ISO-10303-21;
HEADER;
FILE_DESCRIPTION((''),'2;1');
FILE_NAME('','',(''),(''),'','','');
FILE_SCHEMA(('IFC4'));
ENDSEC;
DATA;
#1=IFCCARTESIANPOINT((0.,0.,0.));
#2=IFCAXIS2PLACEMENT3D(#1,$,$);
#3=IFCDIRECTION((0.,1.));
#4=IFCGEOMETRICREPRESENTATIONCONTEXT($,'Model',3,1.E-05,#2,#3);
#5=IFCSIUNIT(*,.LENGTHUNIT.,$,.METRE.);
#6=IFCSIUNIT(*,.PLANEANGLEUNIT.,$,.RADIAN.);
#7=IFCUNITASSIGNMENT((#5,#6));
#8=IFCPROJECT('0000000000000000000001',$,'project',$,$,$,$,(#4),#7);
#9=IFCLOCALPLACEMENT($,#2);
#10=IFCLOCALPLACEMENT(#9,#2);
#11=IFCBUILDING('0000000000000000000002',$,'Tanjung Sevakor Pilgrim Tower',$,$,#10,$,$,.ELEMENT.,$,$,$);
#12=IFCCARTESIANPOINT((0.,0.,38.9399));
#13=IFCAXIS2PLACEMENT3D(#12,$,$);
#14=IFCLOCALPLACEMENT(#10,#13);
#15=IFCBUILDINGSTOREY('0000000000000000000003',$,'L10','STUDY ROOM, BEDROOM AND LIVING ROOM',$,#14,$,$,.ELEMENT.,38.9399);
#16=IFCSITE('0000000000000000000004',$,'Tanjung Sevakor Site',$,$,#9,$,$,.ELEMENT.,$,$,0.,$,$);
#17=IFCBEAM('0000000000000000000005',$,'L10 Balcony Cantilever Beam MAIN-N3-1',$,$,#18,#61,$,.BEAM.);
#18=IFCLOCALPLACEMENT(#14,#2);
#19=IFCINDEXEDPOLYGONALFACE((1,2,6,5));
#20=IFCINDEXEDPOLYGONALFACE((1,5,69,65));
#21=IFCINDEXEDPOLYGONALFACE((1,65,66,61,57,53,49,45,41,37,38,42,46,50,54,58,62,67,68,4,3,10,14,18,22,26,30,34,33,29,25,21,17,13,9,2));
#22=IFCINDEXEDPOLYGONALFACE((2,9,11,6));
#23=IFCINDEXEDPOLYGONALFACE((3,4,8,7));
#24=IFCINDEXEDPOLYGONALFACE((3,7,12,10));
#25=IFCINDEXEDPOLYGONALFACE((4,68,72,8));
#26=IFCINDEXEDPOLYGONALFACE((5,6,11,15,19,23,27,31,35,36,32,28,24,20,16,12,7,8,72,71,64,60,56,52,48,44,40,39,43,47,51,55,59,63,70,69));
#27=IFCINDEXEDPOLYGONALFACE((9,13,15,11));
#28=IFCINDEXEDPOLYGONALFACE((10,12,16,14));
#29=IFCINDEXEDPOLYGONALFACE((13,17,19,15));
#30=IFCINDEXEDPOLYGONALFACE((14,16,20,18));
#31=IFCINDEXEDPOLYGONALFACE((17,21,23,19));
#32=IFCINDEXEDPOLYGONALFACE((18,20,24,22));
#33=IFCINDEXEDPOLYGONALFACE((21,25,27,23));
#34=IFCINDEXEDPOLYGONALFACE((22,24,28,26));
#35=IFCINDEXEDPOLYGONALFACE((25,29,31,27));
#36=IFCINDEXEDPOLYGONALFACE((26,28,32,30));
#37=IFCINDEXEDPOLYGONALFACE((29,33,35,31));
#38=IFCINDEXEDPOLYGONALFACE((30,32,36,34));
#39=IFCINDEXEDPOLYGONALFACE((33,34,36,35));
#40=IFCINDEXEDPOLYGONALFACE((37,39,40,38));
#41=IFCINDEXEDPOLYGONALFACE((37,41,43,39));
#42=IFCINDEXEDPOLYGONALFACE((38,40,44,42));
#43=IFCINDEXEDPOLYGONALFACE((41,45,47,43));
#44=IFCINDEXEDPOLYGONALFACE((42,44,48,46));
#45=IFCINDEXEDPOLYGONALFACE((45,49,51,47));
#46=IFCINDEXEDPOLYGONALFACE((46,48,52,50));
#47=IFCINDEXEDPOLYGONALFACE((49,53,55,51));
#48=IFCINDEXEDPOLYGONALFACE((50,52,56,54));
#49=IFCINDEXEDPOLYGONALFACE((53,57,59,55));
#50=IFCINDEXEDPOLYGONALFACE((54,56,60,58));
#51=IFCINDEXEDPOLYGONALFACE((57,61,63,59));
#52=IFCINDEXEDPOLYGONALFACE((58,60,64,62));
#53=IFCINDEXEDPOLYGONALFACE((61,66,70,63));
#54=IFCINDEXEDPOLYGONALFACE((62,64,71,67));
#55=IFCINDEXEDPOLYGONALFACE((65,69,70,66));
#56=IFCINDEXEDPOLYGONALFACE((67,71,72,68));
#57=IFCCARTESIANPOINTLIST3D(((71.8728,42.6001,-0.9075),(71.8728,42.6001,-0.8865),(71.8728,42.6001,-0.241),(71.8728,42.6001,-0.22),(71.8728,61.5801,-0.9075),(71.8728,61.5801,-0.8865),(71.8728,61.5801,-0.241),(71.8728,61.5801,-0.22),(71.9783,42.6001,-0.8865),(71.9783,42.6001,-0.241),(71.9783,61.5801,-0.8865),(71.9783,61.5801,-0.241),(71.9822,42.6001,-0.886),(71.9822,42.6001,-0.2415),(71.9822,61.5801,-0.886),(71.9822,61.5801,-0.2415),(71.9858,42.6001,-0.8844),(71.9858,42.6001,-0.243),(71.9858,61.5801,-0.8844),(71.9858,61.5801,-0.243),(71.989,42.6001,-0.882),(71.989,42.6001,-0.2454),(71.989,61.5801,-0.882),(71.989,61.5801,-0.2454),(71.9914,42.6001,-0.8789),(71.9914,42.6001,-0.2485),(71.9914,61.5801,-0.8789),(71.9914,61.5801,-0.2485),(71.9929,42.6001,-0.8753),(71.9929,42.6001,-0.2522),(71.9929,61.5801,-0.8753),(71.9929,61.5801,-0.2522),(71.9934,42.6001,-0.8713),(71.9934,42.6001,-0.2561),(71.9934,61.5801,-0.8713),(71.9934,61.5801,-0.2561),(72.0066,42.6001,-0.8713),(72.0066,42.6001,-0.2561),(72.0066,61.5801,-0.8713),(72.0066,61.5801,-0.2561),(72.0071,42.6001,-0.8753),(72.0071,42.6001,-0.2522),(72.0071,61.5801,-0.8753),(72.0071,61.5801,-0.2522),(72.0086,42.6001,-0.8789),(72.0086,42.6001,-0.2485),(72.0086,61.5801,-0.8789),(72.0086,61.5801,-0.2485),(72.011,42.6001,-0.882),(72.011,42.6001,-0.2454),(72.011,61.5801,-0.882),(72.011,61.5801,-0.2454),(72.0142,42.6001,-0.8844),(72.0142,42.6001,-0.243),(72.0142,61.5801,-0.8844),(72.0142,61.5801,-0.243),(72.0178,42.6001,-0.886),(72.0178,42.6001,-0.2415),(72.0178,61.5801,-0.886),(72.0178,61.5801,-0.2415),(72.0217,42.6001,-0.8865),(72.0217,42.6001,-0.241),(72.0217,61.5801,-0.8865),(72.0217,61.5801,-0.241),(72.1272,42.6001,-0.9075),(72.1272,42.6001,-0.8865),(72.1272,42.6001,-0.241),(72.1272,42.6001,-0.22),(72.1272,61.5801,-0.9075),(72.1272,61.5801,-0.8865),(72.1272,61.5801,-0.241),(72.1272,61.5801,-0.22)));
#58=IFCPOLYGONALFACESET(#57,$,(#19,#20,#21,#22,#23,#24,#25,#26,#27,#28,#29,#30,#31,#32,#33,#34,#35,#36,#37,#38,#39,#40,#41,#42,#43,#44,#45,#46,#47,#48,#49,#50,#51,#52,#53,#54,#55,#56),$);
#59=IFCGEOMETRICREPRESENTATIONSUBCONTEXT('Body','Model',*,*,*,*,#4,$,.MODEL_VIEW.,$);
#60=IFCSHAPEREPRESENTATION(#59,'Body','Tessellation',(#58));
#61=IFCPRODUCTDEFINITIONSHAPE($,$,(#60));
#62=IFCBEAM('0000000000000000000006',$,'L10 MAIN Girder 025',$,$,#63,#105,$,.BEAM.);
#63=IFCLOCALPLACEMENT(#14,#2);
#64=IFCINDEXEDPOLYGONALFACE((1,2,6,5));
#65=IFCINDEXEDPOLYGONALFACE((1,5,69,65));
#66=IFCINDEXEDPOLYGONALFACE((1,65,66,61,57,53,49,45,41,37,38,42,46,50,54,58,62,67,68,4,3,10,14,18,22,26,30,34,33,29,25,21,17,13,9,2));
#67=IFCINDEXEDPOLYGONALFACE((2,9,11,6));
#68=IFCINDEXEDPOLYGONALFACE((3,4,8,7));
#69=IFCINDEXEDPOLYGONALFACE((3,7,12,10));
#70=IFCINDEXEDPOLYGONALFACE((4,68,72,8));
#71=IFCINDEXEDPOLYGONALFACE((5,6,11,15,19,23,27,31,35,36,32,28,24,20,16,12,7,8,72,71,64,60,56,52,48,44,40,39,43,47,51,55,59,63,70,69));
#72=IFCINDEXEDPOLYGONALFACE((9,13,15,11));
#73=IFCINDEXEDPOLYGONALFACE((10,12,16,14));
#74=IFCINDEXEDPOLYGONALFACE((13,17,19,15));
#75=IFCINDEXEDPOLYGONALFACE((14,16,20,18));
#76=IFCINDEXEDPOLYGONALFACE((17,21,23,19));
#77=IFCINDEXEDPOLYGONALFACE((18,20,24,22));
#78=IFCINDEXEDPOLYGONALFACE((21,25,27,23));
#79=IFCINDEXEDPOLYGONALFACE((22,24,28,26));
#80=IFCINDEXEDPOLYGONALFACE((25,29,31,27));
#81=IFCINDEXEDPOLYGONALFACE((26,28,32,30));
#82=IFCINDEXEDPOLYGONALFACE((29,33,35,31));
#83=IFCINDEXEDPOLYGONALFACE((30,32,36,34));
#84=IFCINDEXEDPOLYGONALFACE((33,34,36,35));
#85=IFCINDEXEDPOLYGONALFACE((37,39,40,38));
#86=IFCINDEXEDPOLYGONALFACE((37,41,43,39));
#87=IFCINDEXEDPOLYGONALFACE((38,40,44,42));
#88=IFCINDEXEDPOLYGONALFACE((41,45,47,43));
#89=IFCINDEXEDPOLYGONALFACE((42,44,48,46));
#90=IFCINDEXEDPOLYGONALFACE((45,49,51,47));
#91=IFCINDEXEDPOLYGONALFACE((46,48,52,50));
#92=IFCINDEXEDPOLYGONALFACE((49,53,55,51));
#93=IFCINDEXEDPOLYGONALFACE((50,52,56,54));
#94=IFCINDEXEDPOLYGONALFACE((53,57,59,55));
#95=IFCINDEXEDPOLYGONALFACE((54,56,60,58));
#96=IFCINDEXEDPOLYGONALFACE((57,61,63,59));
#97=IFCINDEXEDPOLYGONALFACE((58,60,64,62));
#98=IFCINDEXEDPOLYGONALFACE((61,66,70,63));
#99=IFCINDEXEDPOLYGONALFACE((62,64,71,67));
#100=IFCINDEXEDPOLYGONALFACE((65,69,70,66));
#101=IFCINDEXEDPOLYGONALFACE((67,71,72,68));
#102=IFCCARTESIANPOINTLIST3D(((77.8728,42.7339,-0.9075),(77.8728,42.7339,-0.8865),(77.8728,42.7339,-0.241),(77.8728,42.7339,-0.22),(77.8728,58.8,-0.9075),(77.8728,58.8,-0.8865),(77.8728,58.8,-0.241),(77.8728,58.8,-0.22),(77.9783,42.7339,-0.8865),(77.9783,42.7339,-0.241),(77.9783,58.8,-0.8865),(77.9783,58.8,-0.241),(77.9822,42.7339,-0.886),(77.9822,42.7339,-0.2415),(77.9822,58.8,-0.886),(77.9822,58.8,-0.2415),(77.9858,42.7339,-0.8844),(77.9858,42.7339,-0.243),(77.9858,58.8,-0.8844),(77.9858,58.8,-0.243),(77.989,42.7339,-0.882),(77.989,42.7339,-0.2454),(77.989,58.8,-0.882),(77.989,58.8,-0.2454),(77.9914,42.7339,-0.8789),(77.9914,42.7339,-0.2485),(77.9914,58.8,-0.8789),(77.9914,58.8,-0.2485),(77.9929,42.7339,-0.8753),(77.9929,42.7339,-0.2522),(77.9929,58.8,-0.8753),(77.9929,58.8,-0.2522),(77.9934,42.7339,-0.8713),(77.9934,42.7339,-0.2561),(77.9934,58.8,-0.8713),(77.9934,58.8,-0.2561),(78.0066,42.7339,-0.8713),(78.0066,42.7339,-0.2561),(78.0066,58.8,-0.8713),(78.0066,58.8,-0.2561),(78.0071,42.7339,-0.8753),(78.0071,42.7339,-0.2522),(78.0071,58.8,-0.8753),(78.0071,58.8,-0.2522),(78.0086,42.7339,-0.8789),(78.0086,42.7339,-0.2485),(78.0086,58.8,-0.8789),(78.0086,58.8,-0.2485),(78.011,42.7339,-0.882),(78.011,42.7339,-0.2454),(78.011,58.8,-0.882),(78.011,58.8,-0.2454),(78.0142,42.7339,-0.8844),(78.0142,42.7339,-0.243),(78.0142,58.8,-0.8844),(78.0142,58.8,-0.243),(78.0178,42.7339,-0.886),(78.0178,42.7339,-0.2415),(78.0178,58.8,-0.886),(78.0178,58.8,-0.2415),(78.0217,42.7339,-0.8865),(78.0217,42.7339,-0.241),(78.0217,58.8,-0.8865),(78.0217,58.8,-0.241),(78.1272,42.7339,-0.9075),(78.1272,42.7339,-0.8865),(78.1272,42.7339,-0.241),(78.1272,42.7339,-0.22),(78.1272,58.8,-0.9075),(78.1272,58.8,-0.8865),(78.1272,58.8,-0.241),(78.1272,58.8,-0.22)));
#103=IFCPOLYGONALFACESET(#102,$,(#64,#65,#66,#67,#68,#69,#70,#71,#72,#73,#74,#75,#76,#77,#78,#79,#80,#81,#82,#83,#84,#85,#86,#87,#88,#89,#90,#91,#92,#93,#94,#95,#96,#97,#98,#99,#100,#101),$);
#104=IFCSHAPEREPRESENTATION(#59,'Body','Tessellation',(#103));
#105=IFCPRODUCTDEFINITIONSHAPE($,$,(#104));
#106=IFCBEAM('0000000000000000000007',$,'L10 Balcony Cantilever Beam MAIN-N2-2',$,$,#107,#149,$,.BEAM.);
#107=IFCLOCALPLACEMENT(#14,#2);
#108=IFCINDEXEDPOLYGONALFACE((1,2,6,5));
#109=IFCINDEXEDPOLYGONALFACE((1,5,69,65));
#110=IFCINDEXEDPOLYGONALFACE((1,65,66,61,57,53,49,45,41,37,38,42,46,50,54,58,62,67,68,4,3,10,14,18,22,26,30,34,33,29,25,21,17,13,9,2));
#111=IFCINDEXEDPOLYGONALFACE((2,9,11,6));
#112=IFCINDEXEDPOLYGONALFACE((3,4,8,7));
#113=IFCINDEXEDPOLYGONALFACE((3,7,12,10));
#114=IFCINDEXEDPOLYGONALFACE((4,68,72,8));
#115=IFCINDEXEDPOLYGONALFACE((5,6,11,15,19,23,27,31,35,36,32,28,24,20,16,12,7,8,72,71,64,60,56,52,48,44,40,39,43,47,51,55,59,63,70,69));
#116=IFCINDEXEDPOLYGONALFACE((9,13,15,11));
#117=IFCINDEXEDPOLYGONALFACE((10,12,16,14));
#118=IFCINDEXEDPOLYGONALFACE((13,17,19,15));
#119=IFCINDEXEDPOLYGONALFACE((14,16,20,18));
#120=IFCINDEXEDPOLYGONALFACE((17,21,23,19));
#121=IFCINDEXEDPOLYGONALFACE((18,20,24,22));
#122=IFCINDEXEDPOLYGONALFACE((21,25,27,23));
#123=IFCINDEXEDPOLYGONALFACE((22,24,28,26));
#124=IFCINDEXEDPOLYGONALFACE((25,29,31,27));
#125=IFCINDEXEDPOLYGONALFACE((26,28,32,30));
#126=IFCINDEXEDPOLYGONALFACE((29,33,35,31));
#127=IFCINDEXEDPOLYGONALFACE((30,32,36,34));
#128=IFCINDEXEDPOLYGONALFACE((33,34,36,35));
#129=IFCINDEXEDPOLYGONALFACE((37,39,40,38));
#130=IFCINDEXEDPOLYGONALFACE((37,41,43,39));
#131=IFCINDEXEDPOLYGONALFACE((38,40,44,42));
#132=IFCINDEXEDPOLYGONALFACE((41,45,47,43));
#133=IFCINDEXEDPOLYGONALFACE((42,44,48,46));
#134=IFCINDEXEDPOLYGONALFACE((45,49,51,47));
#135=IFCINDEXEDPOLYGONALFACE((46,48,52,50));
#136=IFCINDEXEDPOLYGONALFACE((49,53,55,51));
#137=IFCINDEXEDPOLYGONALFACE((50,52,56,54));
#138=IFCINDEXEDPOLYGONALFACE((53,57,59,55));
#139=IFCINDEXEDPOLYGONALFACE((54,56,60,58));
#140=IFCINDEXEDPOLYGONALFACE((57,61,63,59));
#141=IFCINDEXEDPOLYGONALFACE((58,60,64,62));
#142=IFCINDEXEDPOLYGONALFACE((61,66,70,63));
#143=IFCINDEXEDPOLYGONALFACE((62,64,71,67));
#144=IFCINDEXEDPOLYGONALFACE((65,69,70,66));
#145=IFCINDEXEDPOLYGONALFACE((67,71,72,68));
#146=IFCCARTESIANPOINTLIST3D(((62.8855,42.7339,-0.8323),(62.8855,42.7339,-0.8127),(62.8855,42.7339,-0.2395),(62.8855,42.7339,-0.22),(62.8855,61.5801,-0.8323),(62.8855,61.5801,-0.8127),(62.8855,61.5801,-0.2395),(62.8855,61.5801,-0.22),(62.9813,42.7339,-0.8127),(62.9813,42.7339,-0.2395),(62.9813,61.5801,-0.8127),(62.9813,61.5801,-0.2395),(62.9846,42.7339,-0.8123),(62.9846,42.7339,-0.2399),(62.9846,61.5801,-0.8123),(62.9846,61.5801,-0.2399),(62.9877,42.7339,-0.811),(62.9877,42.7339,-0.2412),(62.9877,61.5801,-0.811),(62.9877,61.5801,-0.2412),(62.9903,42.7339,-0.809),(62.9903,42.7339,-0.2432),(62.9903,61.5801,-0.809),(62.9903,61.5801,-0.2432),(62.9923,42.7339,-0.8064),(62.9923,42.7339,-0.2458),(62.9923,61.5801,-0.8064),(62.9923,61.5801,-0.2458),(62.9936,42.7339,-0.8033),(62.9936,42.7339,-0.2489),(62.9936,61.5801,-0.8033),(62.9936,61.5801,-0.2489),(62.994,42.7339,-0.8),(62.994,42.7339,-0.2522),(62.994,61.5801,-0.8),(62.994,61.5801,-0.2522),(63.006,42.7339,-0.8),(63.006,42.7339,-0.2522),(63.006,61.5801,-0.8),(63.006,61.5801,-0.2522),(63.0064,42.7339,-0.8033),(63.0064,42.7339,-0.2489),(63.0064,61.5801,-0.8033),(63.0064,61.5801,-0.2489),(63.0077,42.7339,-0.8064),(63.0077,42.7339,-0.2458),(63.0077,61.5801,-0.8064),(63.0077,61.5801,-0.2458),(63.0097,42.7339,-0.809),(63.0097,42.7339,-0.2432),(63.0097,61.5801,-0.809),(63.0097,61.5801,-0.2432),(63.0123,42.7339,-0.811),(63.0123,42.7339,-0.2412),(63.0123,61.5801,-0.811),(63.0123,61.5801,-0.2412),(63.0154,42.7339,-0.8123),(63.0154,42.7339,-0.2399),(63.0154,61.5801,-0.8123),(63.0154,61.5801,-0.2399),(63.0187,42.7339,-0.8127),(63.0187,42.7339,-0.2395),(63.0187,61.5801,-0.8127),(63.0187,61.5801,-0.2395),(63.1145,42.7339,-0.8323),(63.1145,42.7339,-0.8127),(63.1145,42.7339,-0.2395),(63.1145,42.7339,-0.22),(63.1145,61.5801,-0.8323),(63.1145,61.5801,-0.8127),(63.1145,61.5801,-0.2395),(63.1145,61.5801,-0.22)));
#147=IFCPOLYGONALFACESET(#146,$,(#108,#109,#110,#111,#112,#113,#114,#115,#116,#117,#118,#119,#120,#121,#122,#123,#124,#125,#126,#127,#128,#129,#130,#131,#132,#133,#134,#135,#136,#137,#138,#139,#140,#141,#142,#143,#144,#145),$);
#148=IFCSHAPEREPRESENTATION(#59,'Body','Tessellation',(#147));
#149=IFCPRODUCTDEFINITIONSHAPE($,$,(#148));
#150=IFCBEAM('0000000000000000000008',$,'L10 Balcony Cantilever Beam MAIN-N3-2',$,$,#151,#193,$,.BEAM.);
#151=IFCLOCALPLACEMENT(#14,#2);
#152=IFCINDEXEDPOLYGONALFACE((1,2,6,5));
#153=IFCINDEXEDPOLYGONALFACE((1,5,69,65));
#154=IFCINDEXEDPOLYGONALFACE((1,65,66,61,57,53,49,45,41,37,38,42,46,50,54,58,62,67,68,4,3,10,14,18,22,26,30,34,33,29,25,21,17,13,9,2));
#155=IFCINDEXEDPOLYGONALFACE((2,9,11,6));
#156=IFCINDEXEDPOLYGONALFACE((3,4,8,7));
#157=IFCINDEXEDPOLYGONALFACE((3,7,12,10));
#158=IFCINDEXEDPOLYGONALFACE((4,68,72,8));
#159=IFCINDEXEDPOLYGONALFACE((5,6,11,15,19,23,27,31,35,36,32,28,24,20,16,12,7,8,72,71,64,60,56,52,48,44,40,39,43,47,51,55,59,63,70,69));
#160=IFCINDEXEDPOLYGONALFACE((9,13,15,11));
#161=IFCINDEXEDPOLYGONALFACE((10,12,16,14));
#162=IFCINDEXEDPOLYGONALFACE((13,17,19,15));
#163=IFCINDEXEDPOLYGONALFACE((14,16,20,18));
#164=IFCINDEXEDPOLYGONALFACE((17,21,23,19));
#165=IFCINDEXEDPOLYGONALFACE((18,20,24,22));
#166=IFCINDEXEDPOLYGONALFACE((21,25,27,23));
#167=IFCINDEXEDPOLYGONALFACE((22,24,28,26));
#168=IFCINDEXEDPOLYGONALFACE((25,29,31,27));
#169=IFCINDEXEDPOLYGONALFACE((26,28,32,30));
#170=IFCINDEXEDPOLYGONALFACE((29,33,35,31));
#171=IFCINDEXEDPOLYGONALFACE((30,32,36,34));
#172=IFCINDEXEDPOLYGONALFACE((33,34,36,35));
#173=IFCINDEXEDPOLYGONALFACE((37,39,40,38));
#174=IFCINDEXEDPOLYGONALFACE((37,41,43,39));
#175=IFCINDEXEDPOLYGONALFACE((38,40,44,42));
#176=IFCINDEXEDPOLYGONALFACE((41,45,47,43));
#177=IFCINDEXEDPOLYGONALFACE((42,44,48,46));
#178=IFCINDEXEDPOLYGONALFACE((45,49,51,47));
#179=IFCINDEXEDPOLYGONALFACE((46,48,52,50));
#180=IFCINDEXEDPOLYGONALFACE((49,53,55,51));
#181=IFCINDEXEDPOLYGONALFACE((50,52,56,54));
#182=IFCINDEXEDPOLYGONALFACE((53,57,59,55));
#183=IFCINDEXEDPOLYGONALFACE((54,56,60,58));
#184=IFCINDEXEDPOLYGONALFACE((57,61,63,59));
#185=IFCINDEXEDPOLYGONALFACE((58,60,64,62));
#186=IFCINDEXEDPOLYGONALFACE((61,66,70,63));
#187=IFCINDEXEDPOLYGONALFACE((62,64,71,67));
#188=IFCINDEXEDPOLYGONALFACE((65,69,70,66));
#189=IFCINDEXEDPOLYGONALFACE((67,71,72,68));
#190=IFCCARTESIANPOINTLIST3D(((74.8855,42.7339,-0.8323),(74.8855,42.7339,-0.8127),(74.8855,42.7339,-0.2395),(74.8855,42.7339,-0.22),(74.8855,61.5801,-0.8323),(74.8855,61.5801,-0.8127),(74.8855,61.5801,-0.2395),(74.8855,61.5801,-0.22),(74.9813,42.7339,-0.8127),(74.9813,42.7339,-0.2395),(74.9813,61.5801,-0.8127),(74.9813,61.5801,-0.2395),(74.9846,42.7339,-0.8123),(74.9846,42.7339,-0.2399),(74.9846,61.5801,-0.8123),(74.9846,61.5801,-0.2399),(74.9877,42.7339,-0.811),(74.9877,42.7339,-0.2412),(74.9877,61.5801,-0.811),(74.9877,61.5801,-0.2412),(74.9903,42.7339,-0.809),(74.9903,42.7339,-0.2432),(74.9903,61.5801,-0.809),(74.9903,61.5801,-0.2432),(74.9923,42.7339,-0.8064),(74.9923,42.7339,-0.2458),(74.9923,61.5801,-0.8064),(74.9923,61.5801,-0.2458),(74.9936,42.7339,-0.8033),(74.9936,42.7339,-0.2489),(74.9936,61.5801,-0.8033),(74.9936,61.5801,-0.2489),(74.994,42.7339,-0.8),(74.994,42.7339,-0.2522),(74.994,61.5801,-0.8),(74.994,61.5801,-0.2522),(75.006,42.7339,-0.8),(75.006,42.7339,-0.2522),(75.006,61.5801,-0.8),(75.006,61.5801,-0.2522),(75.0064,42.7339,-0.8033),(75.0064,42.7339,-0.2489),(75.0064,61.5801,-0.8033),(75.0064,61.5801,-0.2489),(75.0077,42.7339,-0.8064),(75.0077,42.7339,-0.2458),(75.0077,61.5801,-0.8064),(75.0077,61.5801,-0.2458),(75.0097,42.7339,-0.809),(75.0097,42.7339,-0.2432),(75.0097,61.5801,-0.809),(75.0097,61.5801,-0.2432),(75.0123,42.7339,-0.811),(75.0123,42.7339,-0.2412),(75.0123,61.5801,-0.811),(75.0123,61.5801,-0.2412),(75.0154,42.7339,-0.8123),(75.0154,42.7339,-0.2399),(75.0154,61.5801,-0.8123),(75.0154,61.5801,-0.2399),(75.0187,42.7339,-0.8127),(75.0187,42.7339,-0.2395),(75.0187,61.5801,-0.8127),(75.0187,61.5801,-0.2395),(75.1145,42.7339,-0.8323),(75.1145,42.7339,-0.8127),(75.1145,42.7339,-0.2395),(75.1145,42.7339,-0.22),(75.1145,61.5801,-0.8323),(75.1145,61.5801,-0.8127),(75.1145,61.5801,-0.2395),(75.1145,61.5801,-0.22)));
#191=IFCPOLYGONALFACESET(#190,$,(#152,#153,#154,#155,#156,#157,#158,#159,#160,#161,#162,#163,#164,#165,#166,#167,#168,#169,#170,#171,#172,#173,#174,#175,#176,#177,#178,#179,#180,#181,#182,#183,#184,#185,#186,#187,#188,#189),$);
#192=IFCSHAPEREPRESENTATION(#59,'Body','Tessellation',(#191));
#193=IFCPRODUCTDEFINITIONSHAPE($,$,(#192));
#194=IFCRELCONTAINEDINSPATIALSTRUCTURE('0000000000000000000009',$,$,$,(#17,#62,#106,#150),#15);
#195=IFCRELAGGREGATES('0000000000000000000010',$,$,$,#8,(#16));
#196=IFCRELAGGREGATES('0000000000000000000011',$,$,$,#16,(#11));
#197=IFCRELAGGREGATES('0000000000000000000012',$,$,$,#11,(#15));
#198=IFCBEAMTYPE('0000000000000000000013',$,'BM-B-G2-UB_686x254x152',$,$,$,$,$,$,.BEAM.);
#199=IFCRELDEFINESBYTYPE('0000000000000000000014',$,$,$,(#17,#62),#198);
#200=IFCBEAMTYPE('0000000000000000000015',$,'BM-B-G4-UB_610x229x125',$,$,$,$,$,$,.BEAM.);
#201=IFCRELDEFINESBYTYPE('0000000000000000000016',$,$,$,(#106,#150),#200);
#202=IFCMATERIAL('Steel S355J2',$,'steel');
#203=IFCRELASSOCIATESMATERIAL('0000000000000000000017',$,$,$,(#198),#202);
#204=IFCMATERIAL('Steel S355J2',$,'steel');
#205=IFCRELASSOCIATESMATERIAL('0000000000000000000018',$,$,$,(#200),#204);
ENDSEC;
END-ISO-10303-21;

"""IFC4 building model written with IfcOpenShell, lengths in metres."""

from ifc_helpers import new_model, si_unit, direction, frame, origin, origin_2d, place, context, subcontext, project, spatial, i_section, extrude, material, material_profile, profile_set, type_object, element, save


model = new_model("IFC4")

# Units and contexts
model_context = context("Model", 3, precision=1e-05, world=origin(), true_north=direction((0.0, 1.0)))
body_context = subcontext(model_context, "Body", "Model", "MODEL_VIEW")
ifc_project = project(units=[si_unit("LENGTHUNIT", "METRE"), si_unit("PLANEANGLEUNIT", "RADIAN")], contexts=[model_context])

# Site, building, storey
site_placement = place(None, origin())
site = spatial("IfcSite", under=ifc_project, at=site_placement, Name="Tanjung Sevakor Site", CompositionType="ELEMENT", RefElevation=0.0)
building_placement = place(site_placement, origin())
building = spatial("IfcBuilding", under=site, at=building_placement, Name="Tanjung Sevakor Pilgrim Tower", CompositionType="ELEMENT")
storey_placement = place(building_placement, frame((0.0, 0.0, 38.9399)))
storey = spatial("IfcBuildingStorey", under=building, at=storey_placement, Name="L10", Description="STUDY ROOM, BEDROOM AND LIVING ROOM", CompositionType="ELEMENT", Elevation=38.9399)

# Beams
ifc_material_1 = material(Name="Steel S355J2", Category="steel")
ifc_material_profile_1 = material_profile(ifc_material_1, i_section(OverallWidth=0.2544, OverallDepth=0.6875, WebThickness=0.0132, FlangeThickness=0.021, FilletRadius=0.0151, at=origin_2d()))
ifc_profile_set_1 = profile_set([ifc_material_profile_1], Name="Steel S355J2")
beam_type_1 = type_object("IfcBeamType", Name="BM-B-G2-UB_686x254x152", PredefinedType="BEAM", material=ifc_profile_set_1)
beam_1_placement = place(storey_placement, frame((72.0, 42.6001, -0.5637), z_axis=(0.0, 1.0, 0.0), x_axis=(-1.0, 0.0, 0.0)))
element("IfcBeam", 1, at=beam_1_placement, inside=storey, type_object=beam_type_1, Name="L10 Balcony Cantilever Beam MAIN-N3-1", PredefinedType="BEAM", context=body_context, shape_type="SweptSolid", body=[
    extrude(i_section(OverallWidth=0.2544, OverallDepth=0.6875, WebThickness=0.0132, FlangeThickness=0.021, FilletRadius=0.0151, at=origin_2d()), origin(), (0.0, 0.0, 1.0), 18.98),
])
beam_2_placement = place(storey_placement, frame((78.0, 42.7339, -0.5637), z_axis=(0.0, 1.0, 0.0), x_axis=(-1.0, 0.0, 0.0)))
element("IfcBeam", 2, at=beam_2_placement, inside=storey, type_object=beam_type_1, Name="L10 MAIN Girder 025", PredefinedType="BEAM", context=body_context, shape_type="SweptSolid", body=[
    extrude(i_section(OverallWidth=0.2544, OverallDepth=0.6875, WebThickness=0.0132, FlangeThickness=0.021, FilletRadius=0.0151, at=origin_2d()), origin(), (0.0, 0.0, 1.0), 16.0662),
])
ifc_material_2 = material(Name="Steel S355J2", Category="steel")
ifc_material_profile_2 = material_profile(ifc_material_2, i_section(OverallWidth=0.229, OverallDepth=0.6123, WebThickness=0.012, FlangeThickness=0.0195, FilletRadius=0.0127, at=origin_2d()))
ifc_profile_set_2 = profile_set([ifc_material_profile_2], Name="Steel S355J2")
beam_type_2 = type_object("IfcBeamType", Name="BM-B-G4-UB_610x229x125", PredefinedType="BEAM", material=ifc_profile_set_2)
for number, where, z_axis, x_axis, name in (
    (3, (63.0, 42.7339, -0.5261), (0.0, 1.0, 0.0), (-1.0, 0.0, 0.0), "L10 Balcony Cantilever Beam MAIN-N2-2"),
    (4, (75.0, 42.7339, -0.5261), (0.0, 1.0, 0.0), (-1.0, 0.0, 0.0), "L10 Balcony Cantilever Beam MAIN-N3-2"),
):
    element("IfcBeam", number, at=place(storey_placement, frame(where, z_axis=z_axis, x_axis=x_axis)), inside=storey, type_object=beam_type_2, Name=name, PredefinedType="BEAM", context=body_context, shape_type="SweptSolid", body=[
        extrude(i_section(OverallWidth=0.229, OverallDepth=0.6123, WebThickness=0.012, FlangeThickness=0.0195, FilletRadius=0.0127, at=origin_2d()), origin(), (0.0, 0.0, 1.0), 18.8462),
    ])

save(model, "model.ifc")
